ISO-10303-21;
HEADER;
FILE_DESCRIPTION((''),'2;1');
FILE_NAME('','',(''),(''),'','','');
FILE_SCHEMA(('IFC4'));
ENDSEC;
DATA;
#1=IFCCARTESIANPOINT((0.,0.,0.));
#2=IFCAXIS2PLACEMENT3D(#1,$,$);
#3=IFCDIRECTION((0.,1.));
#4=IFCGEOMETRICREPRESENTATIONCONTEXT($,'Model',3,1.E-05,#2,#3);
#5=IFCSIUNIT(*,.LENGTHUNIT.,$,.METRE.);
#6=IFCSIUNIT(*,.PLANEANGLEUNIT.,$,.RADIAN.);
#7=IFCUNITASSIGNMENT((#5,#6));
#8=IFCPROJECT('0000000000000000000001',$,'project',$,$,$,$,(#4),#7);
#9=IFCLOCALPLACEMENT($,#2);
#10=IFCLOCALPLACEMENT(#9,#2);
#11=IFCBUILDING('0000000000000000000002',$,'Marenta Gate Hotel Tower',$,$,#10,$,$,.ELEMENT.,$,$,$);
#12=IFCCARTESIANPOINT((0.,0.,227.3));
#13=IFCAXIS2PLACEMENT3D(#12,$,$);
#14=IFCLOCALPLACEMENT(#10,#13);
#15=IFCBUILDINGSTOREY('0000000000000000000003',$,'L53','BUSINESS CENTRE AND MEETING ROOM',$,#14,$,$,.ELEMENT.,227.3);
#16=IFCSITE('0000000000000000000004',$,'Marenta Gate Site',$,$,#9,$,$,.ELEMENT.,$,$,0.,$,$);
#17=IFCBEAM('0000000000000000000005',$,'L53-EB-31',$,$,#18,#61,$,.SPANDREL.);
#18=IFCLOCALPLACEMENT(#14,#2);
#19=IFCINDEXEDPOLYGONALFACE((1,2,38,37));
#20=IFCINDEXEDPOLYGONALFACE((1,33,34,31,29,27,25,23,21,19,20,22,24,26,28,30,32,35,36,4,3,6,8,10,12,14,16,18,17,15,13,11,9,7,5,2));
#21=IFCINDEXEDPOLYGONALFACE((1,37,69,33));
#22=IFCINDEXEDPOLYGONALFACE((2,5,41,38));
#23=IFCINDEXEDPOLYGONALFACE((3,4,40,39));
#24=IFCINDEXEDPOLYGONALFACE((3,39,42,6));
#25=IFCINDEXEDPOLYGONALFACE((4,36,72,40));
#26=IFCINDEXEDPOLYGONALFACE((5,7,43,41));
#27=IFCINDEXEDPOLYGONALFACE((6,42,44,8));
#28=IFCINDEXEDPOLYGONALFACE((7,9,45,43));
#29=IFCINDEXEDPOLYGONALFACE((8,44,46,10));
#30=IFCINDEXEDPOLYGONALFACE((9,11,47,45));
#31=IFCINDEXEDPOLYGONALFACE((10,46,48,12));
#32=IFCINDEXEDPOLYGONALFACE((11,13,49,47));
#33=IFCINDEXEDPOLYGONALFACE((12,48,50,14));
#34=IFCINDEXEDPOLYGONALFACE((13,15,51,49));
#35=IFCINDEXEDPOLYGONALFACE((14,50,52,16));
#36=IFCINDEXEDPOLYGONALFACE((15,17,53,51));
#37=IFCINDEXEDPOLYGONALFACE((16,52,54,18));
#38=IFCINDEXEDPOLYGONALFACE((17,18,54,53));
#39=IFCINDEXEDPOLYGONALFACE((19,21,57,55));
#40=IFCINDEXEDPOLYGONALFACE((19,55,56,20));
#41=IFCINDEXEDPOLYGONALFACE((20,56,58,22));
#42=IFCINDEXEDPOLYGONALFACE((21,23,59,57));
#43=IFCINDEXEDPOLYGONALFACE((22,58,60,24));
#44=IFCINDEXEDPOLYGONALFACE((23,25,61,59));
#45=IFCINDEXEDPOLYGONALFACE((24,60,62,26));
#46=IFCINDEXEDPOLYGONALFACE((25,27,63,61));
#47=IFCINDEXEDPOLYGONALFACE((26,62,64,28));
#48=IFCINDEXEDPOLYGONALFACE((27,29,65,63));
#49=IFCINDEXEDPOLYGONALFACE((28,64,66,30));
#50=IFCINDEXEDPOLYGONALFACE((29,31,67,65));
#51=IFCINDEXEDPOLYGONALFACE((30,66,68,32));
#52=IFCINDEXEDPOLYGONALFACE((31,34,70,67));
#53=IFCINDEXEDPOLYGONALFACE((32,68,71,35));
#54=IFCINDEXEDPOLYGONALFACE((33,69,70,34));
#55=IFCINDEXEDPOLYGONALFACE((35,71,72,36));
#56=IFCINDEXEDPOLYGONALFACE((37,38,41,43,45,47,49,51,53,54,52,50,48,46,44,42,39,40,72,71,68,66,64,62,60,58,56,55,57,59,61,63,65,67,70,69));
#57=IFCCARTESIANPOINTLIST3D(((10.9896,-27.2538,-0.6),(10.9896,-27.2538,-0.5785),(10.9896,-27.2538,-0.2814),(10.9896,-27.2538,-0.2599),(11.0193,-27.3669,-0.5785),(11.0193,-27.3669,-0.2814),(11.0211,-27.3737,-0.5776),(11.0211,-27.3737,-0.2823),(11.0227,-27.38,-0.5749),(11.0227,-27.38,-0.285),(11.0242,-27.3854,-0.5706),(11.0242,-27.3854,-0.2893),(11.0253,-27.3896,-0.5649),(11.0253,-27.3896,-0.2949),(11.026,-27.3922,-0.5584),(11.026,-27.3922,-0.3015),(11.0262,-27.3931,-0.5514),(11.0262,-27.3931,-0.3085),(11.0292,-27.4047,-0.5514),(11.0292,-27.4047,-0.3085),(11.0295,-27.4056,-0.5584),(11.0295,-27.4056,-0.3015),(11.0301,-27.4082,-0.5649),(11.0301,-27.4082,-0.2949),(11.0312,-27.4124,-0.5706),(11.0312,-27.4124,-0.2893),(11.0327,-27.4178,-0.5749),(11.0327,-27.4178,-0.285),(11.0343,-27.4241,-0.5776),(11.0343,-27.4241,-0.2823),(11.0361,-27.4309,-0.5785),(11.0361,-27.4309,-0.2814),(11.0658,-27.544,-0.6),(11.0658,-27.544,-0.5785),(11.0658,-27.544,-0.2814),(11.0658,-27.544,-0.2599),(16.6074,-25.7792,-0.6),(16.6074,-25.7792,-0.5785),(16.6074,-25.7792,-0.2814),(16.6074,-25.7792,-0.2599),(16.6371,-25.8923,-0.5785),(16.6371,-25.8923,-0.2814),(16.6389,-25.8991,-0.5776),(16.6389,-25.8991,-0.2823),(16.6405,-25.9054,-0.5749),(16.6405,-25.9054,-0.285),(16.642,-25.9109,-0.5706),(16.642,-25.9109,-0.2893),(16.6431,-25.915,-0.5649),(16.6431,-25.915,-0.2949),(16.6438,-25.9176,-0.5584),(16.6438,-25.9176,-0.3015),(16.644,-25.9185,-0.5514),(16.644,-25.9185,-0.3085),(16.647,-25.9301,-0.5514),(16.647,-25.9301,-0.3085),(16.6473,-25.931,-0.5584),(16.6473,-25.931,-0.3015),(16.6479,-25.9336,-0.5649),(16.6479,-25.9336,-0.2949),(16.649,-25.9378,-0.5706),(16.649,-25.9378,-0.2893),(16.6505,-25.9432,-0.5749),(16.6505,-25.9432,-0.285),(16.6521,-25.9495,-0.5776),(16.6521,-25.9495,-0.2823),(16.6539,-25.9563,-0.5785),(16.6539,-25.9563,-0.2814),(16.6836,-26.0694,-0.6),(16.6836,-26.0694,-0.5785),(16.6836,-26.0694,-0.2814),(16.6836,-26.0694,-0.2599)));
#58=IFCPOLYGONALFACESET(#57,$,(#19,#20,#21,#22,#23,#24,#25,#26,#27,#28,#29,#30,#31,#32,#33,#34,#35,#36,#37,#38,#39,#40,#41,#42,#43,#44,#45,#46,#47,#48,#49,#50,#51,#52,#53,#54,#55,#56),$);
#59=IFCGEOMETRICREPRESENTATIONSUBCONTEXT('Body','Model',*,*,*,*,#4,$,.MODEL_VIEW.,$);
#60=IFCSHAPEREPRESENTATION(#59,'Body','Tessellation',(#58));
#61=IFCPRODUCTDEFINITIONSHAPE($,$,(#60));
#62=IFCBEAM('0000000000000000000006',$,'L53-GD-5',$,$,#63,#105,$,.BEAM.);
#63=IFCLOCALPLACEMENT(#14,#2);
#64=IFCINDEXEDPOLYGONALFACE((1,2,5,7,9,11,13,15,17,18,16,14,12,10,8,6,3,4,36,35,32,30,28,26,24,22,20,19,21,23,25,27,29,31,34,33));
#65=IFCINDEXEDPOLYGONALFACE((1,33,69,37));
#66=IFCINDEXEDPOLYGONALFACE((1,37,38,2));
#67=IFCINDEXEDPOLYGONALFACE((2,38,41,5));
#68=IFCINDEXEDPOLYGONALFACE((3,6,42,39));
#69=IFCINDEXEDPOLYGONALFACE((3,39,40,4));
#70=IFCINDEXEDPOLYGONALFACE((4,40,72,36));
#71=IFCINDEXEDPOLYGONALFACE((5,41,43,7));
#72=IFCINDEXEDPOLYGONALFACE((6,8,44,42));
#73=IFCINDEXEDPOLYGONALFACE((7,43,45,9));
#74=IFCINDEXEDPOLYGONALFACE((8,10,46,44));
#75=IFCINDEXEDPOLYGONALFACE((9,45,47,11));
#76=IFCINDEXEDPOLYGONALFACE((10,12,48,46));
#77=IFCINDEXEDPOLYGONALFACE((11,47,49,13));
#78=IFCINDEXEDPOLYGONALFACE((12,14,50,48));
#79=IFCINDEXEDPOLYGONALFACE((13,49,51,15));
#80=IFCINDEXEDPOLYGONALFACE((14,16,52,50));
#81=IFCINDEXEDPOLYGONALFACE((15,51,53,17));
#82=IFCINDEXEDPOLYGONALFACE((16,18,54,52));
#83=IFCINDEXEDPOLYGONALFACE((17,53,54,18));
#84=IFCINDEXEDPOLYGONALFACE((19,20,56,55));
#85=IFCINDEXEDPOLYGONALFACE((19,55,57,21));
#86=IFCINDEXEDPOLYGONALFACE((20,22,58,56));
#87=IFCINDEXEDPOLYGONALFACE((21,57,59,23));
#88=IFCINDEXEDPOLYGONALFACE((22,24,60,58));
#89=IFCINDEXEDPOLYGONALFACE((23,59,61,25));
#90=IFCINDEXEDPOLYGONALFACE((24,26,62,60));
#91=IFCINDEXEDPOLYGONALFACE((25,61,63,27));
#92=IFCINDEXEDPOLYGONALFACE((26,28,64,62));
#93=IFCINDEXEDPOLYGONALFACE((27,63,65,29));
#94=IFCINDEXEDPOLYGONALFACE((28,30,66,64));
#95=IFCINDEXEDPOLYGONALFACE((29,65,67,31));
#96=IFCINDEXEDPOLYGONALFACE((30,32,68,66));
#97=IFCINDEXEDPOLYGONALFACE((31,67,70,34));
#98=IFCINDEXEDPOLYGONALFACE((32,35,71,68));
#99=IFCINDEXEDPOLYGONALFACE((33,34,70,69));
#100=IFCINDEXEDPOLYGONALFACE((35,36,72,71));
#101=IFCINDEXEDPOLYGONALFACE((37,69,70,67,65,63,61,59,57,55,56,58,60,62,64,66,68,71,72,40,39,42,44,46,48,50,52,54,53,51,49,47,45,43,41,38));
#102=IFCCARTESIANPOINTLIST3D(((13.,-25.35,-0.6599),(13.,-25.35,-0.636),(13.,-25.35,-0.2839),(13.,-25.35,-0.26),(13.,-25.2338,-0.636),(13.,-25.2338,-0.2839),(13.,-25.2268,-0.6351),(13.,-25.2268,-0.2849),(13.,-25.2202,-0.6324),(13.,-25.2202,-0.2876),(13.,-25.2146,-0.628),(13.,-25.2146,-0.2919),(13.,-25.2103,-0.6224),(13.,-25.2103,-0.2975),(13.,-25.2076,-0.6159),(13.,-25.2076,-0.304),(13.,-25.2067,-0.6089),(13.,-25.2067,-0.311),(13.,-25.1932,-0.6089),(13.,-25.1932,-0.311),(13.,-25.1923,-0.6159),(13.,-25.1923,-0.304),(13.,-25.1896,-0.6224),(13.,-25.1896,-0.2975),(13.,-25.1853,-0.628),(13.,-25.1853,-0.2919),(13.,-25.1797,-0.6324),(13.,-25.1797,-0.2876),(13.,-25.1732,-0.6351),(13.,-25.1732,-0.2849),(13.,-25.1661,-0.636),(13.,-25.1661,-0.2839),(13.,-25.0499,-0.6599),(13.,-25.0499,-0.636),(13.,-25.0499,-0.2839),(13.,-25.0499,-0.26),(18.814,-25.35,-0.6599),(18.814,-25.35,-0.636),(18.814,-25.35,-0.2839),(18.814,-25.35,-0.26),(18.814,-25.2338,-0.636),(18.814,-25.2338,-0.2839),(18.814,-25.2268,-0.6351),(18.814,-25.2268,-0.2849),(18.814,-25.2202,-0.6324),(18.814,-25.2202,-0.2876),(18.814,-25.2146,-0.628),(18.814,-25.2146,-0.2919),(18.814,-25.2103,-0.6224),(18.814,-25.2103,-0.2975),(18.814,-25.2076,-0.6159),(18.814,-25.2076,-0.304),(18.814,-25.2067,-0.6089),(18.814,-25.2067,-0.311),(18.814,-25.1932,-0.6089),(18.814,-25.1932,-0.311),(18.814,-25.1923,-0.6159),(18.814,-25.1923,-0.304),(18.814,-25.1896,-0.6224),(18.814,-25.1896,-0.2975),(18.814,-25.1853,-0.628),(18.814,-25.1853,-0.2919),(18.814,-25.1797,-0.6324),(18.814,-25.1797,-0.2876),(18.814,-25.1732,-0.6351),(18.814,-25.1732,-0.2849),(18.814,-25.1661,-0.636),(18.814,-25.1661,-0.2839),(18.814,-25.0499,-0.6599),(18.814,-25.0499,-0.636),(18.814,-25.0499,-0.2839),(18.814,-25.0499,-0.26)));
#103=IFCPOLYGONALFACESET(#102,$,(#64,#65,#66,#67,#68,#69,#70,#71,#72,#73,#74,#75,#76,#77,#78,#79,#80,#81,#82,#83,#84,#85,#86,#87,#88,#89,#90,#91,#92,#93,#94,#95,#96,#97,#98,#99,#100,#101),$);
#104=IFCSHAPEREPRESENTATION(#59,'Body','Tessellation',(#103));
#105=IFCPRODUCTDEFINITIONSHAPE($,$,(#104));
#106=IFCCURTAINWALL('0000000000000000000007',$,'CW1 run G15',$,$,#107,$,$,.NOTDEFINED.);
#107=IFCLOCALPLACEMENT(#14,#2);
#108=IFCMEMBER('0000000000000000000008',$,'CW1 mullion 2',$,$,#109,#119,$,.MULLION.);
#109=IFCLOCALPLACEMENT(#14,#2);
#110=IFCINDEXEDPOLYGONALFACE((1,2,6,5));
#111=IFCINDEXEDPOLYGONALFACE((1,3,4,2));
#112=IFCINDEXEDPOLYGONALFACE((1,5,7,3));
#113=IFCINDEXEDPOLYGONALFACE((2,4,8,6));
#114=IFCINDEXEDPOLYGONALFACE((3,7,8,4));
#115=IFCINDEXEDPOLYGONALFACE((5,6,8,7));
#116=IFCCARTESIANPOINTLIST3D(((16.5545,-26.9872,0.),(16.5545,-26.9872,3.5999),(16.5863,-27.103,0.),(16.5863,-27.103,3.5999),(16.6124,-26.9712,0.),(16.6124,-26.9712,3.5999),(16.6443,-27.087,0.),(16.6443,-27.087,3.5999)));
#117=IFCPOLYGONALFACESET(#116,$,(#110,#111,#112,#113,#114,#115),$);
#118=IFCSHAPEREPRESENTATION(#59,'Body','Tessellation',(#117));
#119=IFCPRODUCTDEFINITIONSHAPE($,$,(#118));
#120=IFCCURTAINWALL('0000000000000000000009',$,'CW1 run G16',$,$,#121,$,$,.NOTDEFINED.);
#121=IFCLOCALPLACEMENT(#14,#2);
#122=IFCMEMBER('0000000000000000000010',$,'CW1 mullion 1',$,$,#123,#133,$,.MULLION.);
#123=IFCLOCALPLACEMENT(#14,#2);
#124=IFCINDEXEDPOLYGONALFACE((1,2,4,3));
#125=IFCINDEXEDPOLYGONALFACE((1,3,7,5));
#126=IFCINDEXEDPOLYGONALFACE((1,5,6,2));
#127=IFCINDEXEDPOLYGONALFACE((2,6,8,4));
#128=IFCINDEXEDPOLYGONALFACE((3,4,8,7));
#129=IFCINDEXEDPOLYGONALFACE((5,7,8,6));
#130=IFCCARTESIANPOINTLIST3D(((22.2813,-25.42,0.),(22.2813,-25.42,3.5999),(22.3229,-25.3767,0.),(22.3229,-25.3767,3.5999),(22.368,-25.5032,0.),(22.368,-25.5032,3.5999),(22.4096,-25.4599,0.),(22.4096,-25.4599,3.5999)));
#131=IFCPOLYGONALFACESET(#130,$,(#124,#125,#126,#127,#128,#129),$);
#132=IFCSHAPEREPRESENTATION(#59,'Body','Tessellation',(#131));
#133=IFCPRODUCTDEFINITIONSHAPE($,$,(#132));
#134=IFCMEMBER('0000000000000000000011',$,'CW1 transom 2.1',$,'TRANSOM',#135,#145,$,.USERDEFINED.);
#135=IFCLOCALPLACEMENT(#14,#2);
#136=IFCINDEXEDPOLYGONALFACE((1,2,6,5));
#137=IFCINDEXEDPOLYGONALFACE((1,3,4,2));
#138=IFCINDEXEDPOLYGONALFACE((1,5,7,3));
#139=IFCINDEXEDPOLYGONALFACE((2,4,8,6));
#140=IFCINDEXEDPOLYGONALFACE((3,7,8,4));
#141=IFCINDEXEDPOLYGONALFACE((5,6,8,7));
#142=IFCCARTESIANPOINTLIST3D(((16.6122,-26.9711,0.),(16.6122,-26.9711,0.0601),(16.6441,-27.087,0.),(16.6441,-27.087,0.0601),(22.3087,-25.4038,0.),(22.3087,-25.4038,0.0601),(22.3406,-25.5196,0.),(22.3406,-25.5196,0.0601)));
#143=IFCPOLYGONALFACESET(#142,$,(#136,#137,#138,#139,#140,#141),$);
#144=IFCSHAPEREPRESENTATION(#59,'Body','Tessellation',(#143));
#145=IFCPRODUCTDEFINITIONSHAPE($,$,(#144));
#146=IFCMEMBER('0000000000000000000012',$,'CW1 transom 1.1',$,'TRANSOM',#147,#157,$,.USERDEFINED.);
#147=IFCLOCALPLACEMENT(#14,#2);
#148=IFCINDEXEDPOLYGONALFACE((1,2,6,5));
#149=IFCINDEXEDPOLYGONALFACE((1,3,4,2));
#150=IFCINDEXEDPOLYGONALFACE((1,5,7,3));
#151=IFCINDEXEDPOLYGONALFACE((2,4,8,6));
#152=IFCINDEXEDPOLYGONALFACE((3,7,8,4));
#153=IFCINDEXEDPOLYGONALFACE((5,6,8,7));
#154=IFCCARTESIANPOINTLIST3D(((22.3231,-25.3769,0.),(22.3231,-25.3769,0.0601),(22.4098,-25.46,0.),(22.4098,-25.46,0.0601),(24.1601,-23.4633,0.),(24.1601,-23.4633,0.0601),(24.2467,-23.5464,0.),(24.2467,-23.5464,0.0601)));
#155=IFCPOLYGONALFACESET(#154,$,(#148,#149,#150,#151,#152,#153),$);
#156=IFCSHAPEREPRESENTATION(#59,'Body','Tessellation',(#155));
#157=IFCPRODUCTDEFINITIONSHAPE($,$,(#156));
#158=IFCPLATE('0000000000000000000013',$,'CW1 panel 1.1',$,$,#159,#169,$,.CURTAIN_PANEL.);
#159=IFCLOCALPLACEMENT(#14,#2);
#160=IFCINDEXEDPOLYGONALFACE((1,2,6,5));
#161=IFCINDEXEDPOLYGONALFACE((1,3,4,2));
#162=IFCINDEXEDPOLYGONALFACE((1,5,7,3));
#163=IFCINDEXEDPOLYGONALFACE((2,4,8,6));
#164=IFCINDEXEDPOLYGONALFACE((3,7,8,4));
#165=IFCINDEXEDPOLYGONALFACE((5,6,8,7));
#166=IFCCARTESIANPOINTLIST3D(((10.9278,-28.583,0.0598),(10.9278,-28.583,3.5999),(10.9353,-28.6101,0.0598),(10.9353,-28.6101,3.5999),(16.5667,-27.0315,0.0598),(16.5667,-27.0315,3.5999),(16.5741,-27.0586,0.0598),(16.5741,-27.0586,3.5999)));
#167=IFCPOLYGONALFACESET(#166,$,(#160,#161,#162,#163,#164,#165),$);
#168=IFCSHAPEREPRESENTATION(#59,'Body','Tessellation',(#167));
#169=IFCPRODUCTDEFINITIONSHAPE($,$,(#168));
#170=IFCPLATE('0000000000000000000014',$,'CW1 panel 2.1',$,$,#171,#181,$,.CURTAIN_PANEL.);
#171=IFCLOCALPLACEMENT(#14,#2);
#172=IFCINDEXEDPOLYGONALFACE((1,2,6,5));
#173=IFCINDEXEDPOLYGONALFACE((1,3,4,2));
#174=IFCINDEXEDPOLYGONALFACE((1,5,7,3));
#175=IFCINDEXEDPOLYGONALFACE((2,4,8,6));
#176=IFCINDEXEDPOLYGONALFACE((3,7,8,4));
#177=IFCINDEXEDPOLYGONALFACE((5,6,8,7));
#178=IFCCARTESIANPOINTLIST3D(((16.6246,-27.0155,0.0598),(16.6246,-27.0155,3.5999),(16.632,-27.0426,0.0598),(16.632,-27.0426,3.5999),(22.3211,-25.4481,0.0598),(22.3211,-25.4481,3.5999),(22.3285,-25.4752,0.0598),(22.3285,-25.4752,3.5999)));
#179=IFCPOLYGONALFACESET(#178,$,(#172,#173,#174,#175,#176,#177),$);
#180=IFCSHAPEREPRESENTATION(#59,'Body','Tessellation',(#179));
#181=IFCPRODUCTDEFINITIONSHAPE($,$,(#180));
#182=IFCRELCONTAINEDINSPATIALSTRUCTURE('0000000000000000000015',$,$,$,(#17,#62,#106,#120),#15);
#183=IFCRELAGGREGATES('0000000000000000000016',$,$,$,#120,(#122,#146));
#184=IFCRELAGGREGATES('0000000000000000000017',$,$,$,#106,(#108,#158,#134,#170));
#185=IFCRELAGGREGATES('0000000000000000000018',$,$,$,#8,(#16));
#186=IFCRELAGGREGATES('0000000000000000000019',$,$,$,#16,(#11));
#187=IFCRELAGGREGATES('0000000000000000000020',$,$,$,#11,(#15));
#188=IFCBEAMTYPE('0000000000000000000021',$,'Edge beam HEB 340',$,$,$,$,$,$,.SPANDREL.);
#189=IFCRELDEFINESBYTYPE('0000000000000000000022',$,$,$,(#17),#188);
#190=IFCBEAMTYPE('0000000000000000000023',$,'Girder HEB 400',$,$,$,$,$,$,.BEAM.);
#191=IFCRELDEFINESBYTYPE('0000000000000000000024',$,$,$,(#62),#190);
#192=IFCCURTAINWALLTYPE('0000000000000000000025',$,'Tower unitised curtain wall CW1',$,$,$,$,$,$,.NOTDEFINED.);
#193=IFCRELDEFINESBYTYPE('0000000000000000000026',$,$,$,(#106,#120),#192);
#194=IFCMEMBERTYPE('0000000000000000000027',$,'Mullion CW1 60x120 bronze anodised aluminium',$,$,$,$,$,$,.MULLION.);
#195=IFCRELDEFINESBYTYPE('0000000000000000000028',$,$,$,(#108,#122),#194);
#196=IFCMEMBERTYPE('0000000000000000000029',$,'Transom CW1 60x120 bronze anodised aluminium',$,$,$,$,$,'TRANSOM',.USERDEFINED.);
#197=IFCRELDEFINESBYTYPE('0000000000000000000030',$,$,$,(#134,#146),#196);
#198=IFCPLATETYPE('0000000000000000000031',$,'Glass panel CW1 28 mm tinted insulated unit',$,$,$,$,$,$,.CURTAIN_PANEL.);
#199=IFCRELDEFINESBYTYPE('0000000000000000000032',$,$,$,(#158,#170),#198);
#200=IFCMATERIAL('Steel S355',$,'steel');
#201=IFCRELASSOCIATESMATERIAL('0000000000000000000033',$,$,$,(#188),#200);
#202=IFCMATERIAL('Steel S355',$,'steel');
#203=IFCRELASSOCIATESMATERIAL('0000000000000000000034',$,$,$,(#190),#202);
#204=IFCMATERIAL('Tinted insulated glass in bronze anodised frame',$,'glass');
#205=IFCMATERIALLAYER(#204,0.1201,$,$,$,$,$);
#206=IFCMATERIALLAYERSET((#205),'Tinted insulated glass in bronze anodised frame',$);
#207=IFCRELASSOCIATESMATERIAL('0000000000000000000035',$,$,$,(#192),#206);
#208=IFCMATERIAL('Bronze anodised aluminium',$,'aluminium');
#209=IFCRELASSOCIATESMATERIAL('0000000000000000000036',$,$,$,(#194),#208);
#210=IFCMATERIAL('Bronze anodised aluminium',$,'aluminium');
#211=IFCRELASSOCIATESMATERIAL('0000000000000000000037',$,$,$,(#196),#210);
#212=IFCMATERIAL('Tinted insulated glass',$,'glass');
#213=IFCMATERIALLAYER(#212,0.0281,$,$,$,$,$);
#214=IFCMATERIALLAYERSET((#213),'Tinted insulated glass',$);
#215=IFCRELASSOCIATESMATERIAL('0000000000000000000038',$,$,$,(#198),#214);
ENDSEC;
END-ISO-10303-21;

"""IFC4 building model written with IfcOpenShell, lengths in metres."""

from ifc_helpers import new_model, si_unit, direction, frame, origin, origin_2d, place, context, subcontext, project, spatial, rectangle, i_section, extrude, material, layer, layer_set, material_profile, profile_set, type_object, element, aggregate, save


model = new_model("IFC4")

# Units and contexts
model_context = context("Model", 3, precision=1e-05, world=origin(), true_north=direction((0.0, 1.0)))
body_context = subcontext(model_context, "Body", "Model", "MODEL_VIEW")
ifc_project = project(units=[si_unit("LENGTHUNIT", "METRE"), si_unit("PLANEANGLEUNIT", "RADIAN")], contexts=[model_context])

# Site, building, storey
site_placement = place(None, origin())
site = spatial("IfcSite", under=ifc_project, at=site_placement, Name="Marenta Gate Site", CompositionType="ELEMENT", RefElevation=0.0)
building_placement = place(site_placement, origin())
building = spatial("IfcBuilding", under=site, at=building_placement, Name="Marenta Gate Hotel Tower", CompositionType="ELEMENT")
storey_placement = place(building_placement, frame((0.0, 0.0, 227.3)))
storey = spatial("IfcBuildingStorey", under=building, at=storey_placement, Name="L53", Description="BUSINESS CENTRE AND MEETING ROOM", CompositionType="ELEMENT", Elevation=227.3)

# Beams
ifc_material_1 = material(Name="Steel S355", Category="steel")
ifc_material_profile_1 = material_profile(ifc_material_1, i_section(OverallWidth=0.3, OverallDepth=0.3401, WebThickness=0.012, FlangeThickness=0.0215, FilletRadius=0.0271, at=origin_2d()), Name="HEB 340")
ifc_profile_set_1 = profile_set([ifc_material_profile_1], Name="Steel S355")
beam_type_1 = type_object("IfcBeamType", Name="Edge beam HEB 340", PredefinedType="SPANDREL", material=ifc_profile_set_1)
beam_1_placement = place(storey_placement, frame((16.6455, -25.9243, -0.4299), z_axis=(-0.967235, -0.253883, 0.0), x_axis=(0.253883, -0.967235, 0.0)))
element("IfcBeam", 1, at=beam_1_placement, inside=storey, type_object=beam_type_1, Name="L53-EB-31", PredefinedType="SPANDREL", context=body_context, shape_type="SweptSolid", body=[
    extrude(i_section(OverallWidth=0.3, OverallDepth=0.3401, WebThickness=0.012, FlangeThickness=0.0215, FilletRadius=0.0271, at=origin_2d()), origin(), (0.0, 0.0, 1.0), 5.8081),
])
ifc_material_2 = material(Name="Steel S355", Category="steel")
ifc_material_profile_2 = material_profile(ifc_material_2, i_section(OverallWidth=0.3, OverallDepth=0.3999, WebThickness=0.0134, FlangeThickness=0.0239, FilletRadius=0.0271, at=origin_2d()), Name="HEB 400")
ifc_profile_set_2 = profile_set([ifc_material_profile_2], Name="Steel S355")
beam_type_2 = type_object("IfcBeamType", Name="Girder HEB 400", PredefinedType="BEAM", material=ifc_profile_set_2)
beam_2_placement = place(storey_placement, frame((13.0, -25.2, -0.46), z_axis=(1.0, 0.0, 0.0), x_axis=(0.0, 1.0, 0.0)))
element("IfcBeam", 2, at=beam_2_placement, inside=storey, type_object=beam_type_2, Name="L53-GD-5", PredefinedType="BEAM", context=body_context, shape_type="SweptSolid", body=[
    extrude(i_section(OverallWidth=0.3, OverallDepth=0.3999, WebThickness=0.0134, FlangeThickness=0.0239, FilletRadius=0.0271, at=origin_2d()), origin(), (0.0, 0.0, 1.0), 5.814),
])

# Curtain walls, members
ifc_material_3 = material(Name="Tinted insulated glass in bronze anodised frame", Category="glass")
ifc_layer_1 = layer(ifc_material_3, 0.1201)
ifc_layer_set_1 = layer_set([ifc_layer_1], Name="Tinted insulated glass in bronze anodised frame")
curtain_wall_type = type_object("IfcCurtainWallType", Name="Tower unitised curtain wall CW1", PredefinedType="NOTDEFINED", material=ifc_layer_set_1)
curtain_wall_1_placement = place(storey_placement, origin())
curtain_wall_1 = element("IfcCurtainWall", 3, at=curtain_wall_1_placement, inside=storey, type_object=curtain_wall_type, Name="CW1 run G15", PredefinedType="NOTDEFINED")
ifc_material_4 = material(Name="Bronze anodised aluminium", Category="aluminium")
ifc_material_profile_3 = material_profile(ifc_material_4, rectangle(XDim=0.1201, YDim=0.0601, at=origin_2d()), Name="Mullion CW1 60x120 bronze anodised aluminium")
ifc_profile_set_3 = profile_set([ifc_material_profile_3], Name="Bronze anodised aluminium")
member_type_1 = type_object("IfcMemberType", Name="Mullion CW1 60x120 bronze anodised aluminium", PredefinedType="MULLION", material=ifc_profile_set_3)
member_1_placement = place(storey_placement, frame((16.5994, -27.0371, 0.0), z_axis=(0.0, 0.0, 1.0), x_axis=(-0.265293, 0.964168, 0.0)))
member_1 = element("IfcMember", 4, at=member_1_placement, type_object=member_type_1, Name="CW1 mullion 2", PredefinedType="MULLION", context=body_context, shape_type="SweptSolid", body=[
    extrude(rectangle(XDim=0.1201, YDim=0.0601, at=origin_2d()), origin(), (0.0, 0.0, 1.0), 3.5999),
])
curtain_wall_2_placement = place(storey_placement, origin())
curtain_wall_2 = element("IfcCurtainWall", 5, at=curtain_wall_2_placement, inside=storey, type_object=curtain_wall_type, Name="CW1 run G16", PredefinedType="NOTDEFINED")
member_2_placement = place(storey_placement, frame((22.3455, -25.4399, 0.0), z_axis=(0.0, 0.0, 1.0), x_axis=(-0.721375, 0.692545, 0.0)))
member_2 = element("IfcMember", 6, at=member_2_placement, type_object=member_type_1, Name="CW1 mullion 1", PredefinedType="MULLION", context=body_context, shape_type="SweptSolid", body=[
    extrude(rectangle(XDim=0.1201, YDim=0.0601, at=origin_2d()), origin(), (0.0, 0.0, 1.0), 3.5999),
])

# Members
ifc_material_5 = material(Name="Bronze anodised aluminium", Category="aluminium")
ifc_material_profile_4 = material_profile(ifc_material_5, rectangle(XDim=0.1201, YDim=0.0601, at=origin_2d()), Name="Transom CW1 60x120 bronze anodised aluminium")
ifc_profile_set_4 = profile_set([ifc_material_profile_4], Name="Bronze anodised aluminium")
member_type_2 = type_object("IfcMemberType", Name="Transom CW1 60x120 bronze anodised aluminium", ElementType="TRANSOM", PredefinedType="USERDEFINED", material=ifc_profile_set_4)
member_3_placement = place(storey_placement, frame((16.6282, -27.0291, 0.03), z_axis=(0.964169, 0.265288, 0.0), x_axis=(-0.265288, 0.964169, 0.0)))
member_3 = element("IfcMember", 7, at=member_3_placement, type_object=member_type_2, Name="CW1 transom 2.1", ObjectType="TRANSOM", PredefinedType="USERDEFINED", context=body_context, shape_type="SweptSolid", body=[
    extrude(rectangle(XDim=0.1201, YDim=0.0601, at=origin_2d()), origin(), (0.0, 0.0, 1.0), 5.9082),
])
member_4_placement = place(storey_placement, frame((22.3665, -25.4185, 0.03), z_axis=(0.692509, 0.721409, 0.0), x_axis=(-0.721409, 0.692509, 0.0)))
member_4 = element("IfcMember", 8, at=member_4_placement, type_object=member_type_2, Name="CW1 transom 1.1", ObjectType="TRANSOM", PredefinedType="USERDEFINED", context=body_context, shape_type="SweptSolid", body=[
    extrude(rectangle(XDim=0.1201, YDim=0.0601, at=origin_2d()), origin(), (0.0, 0.0, 1.0), 2.6526),
])
aggregate(curtain_wall_2, [member_2, member_4])

# Plates
ifc_material_6 = material(Name="Tinted insulated glass", Category="glass")
ifc_layer_2 = layer(ifc_material_6, 0.0281)
ifc_layer_set_2 = layer_set([ifc_layer_2], Name="Tinted insulated glass")
plate_type = type_object("IfcPlateType", Name="Glass panel CW1 28 mm tinted insulated unit", PredefinedType="CURTAIN_PANEL", material=ifc_layer_set_2)
plate_1_placement = place(storey_placement, frame((13.751, -27.8208, 0.0598), z_axis=(0.0, 0.0, 1.0), x_axis=(0.964168, 0.265293, 0.0)))
plate_1 = element("IfcPlate", 9, at=plate_1_placement, type_object=plate_type, Name="CW1 panel 1.1", PredefinedType="CURTAIN_PANEL", context=body_context, shape_type="SweptSolid", body=[
    extrude(rectangle(XDim=5.8484, YDim=0.0281, at=origin_2d()), origin(), (0.0, 0.0, 1.0), 3.54),
])
plate_2_placement = place(storey_placement, frame((19.4766, -26.2454, 0.0598), z_axis=(0.0, 0.0, 1.0), x_axis=(0.964168, 0.265293, 0.0)))
plate_2 = element("IfcPlate", 10, at=plate_2_placement, type_object=plate_type, Name="CW1 panel 2.1", PredefinedType="CURTAIN_PANEL", context=body_context, shape_type="SweptSolid", body=[
    extrude(rectangle(XDim=5.9082, YDim=0.0281, at=origin_2d()), origin(), (0.0, 0.0, 1.0), 3.54),
])
aggregate(curtain_wall_1, [member_1, plate_1, member_3, plate_2])

save(model, "model.ifc")
